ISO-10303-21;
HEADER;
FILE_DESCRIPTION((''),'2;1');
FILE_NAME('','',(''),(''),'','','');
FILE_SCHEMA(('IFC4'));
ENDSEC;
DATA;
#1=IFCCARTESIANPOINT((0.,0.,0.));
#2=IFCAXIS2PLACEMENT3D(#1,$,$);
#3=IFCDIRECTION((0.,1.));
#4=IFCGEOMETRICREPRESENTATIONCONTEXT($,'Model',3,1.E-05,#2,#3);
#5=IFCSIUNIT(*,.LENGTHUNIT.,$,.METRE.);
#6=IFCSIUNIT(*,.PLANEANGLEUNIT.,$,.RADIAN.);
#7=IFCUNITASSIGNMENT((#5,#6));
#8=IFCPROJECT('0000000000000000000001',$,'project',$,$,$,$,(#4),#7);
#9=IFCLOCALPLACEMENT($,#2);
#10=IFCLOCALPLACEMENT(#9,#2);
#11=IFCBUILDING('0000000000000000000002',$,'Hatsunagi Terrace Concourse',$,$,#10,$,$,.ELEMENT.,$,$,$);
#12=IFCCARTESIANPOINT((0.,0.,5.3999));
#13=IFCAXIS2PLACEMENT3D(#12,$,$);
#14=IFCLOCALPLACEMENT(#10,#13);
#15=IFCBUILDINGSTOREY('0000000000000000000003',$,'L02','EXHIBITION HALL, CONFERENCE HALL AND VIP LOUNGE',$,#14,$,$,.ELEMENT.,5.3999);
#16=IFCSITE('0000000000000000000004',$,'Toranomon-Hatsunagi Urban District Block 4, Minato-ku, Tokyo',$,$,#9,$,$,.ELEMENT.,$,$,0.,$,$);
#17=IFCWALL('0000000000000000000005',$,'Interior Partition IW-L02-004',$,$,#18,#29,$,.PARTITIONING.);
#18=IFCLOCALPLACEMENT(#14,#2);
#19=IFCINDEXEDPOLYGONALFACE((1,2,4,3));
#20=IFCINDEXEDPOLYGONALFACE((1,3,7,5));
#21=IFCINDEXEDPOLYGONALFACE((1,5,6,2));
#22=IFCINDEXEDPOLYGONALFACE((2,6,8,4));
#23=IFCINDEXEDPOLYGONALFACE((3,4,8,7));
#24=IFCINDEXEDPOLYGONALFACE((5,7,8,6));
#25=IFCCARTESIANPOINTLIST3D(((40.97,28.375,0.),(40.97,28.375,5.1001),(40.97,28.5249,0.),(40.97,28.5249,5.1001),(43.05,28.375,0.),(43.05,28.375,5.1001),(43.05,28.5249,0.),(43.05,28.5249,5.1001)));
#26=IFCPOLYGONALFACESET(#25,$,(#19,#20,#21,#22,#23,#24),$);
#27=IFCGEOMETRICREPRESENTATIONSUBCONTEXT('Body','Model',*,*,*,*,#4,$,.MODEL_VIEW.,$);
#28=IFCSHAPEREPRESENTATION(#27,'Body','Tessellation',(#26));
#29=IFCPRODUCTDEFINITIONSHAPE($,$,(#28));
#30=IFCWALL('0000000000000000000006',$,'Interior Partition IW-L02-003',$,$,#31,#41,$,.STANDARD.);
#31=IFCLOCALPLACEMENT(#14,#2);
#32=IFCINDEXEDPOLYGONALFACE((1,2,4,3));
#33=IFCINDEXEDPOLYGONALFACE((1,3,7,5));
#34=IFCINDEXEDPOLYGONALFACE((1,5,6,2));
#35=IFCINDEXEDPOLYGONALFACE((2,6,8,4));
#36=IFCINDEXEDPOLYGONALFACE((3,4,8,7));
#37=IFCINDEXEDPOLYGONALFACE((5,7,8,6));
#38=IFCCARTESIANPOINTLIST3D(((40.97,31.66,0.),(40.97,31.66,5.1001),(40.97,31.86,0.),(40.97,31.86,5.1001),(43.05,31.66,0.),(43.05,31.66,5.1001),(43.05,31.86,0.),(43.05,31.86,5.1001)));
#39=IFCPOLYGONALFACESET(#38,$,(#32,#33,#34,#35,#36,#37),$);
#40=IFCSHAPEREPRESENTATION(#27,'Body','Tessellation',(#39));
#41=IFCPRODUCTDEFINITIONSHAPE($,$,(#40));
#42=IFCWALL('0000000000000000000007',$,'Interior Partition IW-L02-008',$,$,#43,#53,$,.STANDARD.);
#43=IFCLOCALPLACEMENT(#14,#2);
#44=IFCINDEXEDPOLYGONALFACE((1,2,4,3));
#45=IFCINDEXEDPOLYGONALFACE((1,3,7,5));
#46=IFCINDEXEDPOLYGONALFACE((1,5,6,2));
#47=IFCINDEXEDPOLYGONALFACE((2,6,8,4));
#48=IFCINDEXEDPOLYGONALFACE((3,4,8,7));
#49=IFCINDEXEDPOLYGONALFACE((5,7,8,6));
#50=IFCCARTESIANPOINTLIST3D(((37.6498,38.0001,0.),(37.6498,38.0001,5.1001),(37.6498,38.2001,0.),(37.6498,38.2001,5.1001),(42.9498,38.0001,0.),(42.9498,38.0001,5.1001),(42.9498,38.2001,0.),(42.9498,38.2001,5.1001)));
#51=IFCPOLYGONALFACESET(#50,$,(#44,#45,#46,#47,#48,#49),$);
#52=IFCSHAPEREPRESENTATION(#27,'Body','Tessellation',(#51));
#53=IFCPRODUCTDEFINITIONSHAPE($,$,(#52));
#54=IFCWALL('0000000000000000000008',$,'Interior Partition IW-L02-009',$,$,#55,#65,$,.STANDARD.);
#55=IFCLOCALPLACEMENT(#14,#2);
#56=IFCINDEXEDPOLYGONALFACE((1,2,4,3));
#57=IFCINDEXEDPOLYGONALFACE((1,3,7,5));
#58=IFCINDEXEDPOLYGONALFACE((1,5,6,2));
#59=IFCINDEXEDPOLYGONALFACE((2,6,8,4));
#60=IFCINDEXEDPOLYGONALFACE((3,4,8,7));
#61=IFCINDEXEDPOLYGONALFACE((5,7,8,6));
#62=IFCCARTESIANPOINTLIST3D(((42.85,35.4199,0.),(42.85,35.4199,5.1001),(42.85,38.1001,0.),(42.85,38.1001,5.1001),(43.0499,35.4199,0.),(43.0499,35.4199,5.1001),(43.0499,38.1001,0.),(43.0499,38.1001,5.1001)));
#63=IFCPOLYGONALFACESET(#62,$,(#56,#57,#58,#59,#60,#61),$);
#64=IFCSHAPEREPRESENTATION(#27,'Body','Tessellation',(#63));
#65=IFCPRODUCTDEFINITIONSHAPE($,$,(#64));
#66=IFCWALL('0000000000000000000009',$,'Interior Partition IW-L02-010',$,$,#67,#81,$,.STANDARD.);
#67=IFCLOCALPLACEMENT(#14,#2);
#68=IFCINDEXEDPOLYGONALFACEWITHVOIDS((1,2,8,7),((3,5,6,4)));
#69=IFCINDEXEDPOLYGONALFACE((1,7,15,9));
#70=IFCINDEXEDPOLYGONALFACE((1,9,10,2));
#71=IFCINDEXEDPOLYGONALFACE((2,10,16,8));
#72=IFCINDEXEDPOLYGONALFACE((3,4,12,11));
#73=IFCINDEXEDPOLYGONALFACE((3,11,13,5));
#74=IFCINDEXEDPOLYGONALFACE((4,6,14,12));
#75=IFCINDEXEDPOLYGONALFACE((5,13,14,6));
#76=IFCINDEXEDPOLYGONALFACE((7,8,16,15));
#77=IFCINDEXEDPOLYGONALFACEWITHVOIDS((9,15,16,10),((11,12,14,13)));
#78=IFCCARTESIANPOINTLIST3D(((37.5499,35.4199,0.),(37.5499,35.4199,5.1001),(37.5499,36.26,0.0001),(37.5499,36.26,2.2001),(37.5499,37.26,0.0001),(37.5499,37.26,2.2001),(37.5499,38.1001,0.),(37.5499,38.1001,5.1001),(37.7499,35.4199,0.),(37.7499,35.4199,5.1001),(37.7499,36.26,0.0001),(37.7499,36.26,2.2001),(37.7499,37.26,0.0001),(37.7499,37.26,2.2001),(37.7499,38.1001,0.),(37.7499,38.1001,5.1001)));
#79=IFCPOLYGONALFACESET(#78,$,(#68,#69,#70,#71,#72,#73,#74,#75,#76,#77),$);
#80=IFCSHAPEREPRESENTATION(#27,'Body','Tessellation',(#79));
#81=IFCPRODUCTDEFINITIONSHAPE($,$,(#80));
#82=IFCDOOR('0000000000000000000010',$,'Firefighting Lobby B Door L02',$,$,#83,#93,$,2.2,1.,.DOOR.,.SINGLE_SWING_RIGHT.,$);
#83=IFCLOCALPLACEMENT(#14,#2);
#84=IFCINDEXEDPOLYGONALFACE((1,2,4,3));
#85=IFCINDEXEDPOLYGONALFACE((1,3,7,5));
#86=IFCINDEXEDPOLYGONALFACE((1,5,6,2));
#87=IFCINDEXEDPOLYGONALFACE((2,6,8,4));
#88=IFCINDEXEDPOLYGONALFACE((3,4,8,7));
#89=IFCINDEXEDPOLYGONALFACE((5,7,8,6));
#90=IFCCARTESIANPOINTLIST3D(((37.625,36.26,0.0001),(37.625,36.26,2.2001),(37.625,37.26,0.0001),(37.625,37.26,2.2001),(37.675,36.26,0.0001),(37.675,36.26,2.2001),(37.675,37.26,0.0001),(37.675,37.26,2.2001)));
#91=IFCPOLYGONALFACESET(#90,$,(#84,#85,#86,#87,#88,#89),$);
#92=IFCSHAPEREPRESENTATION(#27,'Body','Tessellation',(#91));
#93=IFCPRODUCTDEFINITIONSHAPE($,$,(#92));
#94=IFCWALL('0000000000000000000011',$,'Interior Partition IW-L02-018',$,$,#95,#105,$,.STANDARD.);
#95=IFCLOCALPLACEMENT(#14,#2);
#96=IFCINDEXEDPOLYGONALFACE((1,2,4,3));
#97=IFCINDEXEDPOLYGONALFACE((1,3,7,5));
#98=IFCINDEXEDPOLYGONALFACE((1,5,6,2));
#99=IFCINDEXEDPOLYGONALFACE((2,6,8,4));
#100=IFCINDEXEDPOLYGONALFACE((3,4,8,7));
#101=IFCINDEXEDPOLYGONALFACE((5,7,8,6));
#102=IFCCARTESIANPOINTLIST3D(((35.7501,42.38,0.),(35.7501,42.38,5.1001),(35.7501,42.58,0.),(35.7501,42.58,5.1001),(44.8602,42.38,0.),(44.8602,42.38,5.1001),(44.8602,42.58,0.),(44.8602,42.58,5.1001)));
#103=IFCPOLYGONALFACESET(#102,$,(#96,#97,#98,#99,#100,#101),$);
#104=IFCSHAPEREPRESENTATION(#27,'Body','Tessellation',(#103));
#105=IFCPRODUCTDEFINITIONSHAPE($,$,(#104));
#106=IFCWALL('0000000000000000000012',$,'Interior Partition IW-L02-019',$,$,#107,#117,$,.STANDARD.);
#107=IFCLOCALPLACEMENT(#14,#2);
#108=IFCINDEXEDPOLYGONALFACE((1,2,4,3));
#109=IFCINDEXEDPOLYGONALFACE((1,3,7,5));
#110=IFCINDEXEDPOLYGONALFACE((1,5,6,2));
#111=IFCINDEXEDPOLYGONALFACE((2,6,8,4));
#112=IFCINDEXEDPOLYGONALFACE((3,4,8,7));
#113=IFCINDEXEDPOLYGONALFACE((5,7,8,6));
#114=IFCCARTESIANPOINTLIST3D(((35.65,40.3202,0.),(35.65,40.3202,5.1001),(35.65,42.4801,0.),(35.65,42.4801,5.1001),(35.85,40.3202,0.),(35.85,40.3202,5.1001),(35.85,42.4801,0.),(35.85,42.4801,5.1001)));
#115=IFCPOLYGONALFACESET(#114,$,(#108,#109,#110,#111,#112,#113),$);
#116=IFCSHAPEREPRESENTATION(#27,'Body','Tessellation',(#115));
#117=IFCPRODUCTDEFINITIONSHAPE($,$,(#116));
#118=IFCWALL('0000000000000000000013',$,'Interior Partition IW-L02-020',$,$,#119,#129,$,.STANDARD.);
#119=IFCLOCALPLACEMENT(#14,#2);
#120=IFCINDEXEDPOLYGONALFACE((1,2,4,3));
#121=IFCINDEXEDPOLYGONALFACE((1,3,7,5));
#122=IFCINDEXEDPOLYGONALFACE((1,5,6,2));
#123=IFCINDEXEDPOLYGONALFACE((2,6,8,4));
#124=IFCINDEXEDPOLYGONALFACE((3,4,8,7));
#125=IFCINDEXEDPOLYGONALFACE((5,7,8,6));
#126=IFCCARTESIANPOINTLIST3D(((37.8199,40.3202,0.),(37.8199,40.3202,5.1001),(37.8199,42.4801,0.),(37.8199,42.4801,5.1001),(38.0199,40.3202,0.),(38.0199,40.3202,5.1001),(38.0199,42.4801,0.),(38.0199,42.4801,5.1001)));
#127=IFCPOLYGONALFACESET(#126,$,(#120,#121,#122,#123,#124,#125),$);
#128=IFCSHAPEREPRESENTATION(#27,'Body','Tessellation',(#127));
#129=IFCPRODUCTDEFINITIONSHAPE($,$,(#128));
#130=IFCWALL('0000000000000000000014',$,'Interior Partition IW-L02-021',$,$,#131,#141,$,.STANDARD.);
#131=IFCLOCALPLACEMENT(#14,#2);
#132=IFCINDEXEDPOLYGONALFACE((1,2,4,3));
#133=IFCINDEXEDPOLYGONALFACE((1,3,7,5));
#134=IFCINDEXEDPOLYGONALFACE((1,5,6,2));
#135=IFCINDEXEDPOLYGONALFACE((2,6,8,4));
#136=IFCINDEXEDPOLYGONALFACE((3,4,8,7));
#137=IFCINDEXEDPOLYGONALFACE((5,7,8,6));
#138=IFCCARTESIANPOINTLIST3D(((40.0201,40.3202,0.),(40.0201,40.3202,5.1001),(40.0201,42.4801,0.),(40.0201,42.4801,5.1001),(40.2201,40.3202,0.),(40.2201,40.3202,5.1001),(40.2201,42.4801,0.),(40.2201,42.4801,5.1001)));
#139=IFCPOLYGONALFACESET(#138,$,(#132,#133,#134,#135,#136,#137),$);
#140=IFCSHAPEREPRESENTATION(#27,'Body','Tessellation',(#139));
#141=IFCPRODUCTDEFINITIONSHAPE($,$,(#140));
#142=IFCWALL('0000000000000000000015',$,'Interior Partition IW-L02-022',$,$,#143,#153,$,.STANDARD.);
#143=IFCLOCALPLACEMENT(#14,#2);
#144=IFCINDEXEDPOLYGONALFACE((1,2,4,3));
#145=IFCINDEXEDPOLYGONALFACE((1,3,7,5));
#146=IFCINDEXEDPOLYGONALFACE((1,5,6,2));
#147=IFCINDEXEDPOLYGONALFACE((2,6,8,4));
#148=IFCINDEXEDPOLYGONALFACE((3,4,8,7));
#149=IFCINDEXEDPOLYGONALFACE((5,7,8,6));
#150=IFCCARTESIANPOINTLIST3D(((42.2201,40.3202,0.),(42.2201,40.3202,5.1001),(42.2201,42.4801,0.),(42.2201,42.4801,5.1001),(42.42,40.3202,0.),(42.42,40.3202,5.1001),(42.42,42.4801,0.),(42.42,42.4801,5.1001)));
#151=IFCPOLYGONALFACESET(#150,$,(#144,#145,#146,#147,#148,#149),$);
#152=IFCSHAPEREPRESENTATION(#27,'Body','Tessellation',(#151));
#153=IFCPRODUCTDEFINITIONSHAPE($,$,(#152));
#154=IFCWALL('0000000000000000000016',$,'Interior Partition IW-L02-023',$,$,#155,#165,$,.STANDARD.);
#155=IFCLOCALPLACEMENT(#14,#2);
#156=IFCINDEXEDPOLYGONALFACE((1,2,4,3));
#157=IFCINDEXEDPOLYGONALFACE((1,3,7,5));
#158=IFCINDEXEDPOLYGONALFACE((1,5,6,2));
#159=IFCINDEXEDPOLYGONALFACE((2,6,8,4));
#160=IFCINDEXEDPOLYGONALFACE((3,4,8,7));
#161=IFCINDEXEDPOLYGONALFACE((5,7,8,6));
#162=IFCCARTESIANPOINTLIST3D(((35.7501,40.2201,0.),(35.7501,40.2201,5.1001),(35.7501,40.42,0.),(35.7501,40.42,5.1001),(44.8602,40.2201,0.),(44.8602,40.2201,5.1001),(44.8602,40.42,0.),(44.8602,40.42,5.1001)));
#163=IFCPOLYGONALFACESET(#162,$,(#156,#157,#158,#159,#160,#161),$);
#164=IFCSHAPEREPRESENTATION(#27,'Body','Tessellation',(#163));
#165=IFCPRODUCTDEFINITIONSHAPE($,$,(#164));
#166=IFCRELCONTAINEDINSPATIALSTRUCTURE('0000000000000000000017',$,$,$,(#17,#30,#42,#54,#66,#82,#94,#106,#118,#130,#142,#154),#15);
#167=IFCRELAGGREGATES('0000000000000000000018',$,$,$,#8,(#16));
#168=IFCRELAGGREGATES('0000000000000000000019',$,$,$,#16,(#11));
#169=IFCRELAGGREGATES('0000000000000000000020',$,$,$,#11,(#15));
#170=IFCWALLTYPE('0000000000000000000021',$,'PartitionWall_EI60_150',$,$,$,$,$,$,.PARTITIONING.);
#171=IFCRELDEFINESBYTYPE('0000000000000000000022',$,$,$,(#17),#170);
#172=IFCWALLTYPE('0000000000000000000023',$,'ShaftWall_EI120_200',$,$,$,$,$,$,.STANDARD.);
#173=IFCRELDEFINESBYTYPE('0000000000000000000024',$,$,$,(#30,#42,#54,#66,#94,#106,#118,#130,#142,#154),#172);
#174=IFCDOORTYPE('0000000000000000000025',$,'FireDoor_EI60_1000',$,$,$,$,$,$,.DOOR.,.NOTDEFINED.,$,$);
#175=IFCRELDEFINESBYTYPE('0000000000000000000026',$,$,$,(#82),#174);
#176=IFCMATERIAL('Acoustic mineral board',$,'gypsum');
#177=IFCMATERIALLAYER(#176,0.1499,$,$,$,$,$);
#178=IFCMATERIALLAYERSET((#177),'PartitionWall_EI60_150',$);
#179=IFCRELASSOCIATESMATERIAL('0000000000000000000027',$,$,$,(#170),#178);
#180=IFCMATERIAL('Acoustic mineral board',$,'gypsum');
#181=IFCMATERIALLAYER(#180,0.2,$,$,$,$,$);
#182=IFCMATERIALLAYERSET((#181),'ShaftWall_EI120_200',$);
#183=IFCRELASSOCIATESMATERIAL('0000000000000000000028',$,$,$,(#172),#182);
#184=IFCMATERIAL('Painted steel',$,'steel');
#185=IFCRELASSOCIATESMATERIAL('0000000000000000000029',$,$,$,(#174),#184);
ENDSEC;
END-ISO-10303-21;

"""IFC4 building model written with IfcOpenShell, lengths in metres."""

from ifc_helpers import new_model, si_unit, direction, frame, frame_2d, origin, place, context, subcontext, project, spatial, rectangle, extrude, material, layer, layer_set, type_object, element, fill, save


model = new_model("IFC4")

# Units and contexts
model_context = context("Model", 3, precision=1e-05, world=origin(), true_north=direction((0.0, 1.0)))
body_context = subcontext(model_context, "Body", "Model", "MODEL_VIEW")
ifc_project = project(units=[si_unit("LENGTHUNIT", "METRE"), si_unit("PLANEANGLEUNIT", "RADIAN")], contexts=[model_context])

# Site, building, storey
site_placement = place(None, origin())
site = spatial("IfcSite", under=ifc_project, at=site_placement, Name="Toranomon-Hatsunagi Urban District Block 4, Minato-ku, Tokyo", CompositionType="ELEMENT", RefElevation=0.0)
building_placement = place(site_placement, origin())
building = spatial("IfcBuilding", under=site, at=building_placement, Name="Hatsunagi Terrace Concourse", CompositionType="ELEMENT")
storey_placement = place(building_placement, frame((0.0, 0.0, 5.3999)))
storey = spatial("IfcBuildingStorey", under=building, at=storey_placement, Name="L02", Description="EXHIBITION HALL, CONFERENCE HALL AND VIP LOUNGE", CompositionType="ELEMENT", Elevation=5.3999)

# Walls
ifc_material_1 = material(Name="Acoustic mineral board", Category="gypsum")
ifc_layer_1 = layer(ifc_material_1, 0.1499)
ifc_layer_set_1 = layer_set([ifc_layer_1], Name="PartitionWall_EI60_150")
wall_type_1 = type_object("IfcWallType", Name="PartitionWall_EI60_150", PredefinedType="PARTITIONING", material=ifc_layer_set_1)
wall_1_placement = place(storey_placement, frame((40.97, 28.45, 0.0), z_axis=(0.0, 0.0, 1.0), x_axis=(1.0, 0.0, 0.0)))
element("IfcWall", 1, at=wall_1_placement, inside=storey, type_object=wall_type_1, Name="Interior Partition IW-L02-004", PredefinedType="PARTITIONING", context=body_context, shape_type="SweptSolid", body=[
    extrude(rectangle(XDim=2.0801, YDim=0.1499, at=frame_2d((1.04, 0.0))), origin(), (0.0, 0.0, 1.0), 5.1001),
])
ifc_material_2 = material(Name="Acoustic mineral board", Category="gypsum")
ifc_layer_2 = layer(ifc_material_2, 0.2)
ifc_layer_set_2 = layer_set([ifc_layer_2], Name="ShaftWall_EI120_200")
wall_type_2 = type_object("IfcWallType", Name="ShaftWall_EI120_200", PredefinedType="STANDARD", material=ifc_layer_set_2)
wall_2_placement = place(storey_placement, frame((40.97, 31.76, 0.0), z_axis=(0.0, 0.0, 1.0), x_axis=(1.0, 0.0, 0.0)))
element("IfcWall", 2, at=wall_2_placement, inside=storey, type_object=wall_type_2, Name="Interior Partition IW-L02-003", PredefinedType="STANDARD", context=body_context, shape_type="SweptSolid", body=[
    extrude(rectangle(XDim=2.0801, YDim=0.2, at=frame_2d((1.04, 0.0))), origin(), (0.0, 0.0, 1.0), 5.1001),
])
wall_3_placement = place(storey_placement, frame((37.6499, 38.1001, 0.0), z_axis=(0.0, 0.0, 1.0), x_axis=(1.0, 0.0, 0.0)))
element("IfcWall", 3, at=wall_3_placement, inside=storey, type_object=wall_type_2, Name="Interior Partition IW-L02-008", PredefinedType="STANDARD", context=body_context, shape_type="SweptSolid", body=[
    extrude(rectangle(XDim=5.3, YDim=0.2, at=frame_2d((2.6499, 0.0))), origin(), (0.0, 0.0, 1.0), 5.1001),
])
wall_4_placement = place(storey_placement, frame((42.95, 35.4199, 0.0), z_axis=(0.0, 0.0, 1.0), x_axis=(0.0, 1.0, 0.0)))
element("IfcWall", 4, at=wall_4_placement, inside=storey, type_object=wall_type_2, Name="Interior Partition IW-L02-009", PredefinedType="STANDARD", context=body_context, shape_type="SweptSolid", body=[
    extrude(rectangle(XDim=2.6802, YDim=0.2, at=frame_2d((1.3401, 0.0))), origin(), (0.0, 0.0, 1.0), 5.1001),
])

# Wall, opening, door
wall_5_placement = place(storey_placement, frame((37.6499, 35.4199, 0.0), z_axis=(0.0, 0.0, 1.0), x_axis=(0.0, 1.0, 0.0)))
wall_5 = element("IfcWall", 5, at=wall_5_placement, inside=storey, type_object=wall_type_2, Name="Interior Partition IW-L02-010", PredefinedType="STANDARD", context=body_context, shape_type="SweptSolid", body=[
    extrude(rectangle(XDim=2.6802, YDim=0.2, at=frame_2d((1.3401, 0.0))), origin(), (0.0, 0.0, 1.0), 5.1001),
])
opening_1_placement = place(wall_5_placement, frame((0.8401, 0.0, 0.0)))
opening_1 = element("IfcOpeningElement", 6, at=opening_1_placement, cuts=wall_5, PredefinedType="OPENING", context=body_context, shape_type="SweptSolid", body=[
    extrude(rectangle(XDim=1.0, YDim=2.2, at=frame_2d((0.5, 1.1001))), frame((0.0, 0.1099, 0.0), z_axis=(0.0, -1.0, 0.0), x_axis=(1.0, 0.0, 0.0)), (0.0, 0.0, 1.0), 0.22),
])
ifc_material_3 = material(Name="Painted steel", Category="steel")
door_type_1 = type_object("IfcDoorType", Name="FireDoor_EI60_1000", OperationType="NOTDEFINED", PredefinedType="DOOR", material=ifc_material_3)
door_1_placement = place(opening_1_placement, origin())
door_1 = element("IfcDoor", 7, at=door_1_placement, inside=storey, type_object=door_type_1, Name="Firefighting Lobby B Door L02", OperationType="SINGLE_SWING_RIGHT", OverallHeight=2.2, OverallWidth=1.0, PredefinedType="DOOR", context=body_context, shape_type="SweptSolid", body=[
    extrude(rectangle(XDim=1.0, YDim=2.2, at=frame_2d((0.5, 1.1001))), frame((0.0, 0.0249, 0.0), z_axis=(0.0, -1.0, 0.0), x_axis=(1.0, 0.0, 0.0)), (0.0, 0.0, 1.0), 0.05),
])
fill(opening_1, door_1)

# Walls
wall_6_placement = place(storey_placement, frame((35.75, 42.48, 0.0), z_axis=(0.0, 0.0, 1.0), x_axis=(1.0, 0.0, 0.0)))
element("IfcWall", 8, at=wall_6_placement, inside=storey, type_object=wall_type_2, Name="Interior Partition IW-L02-018", PredefinedType="STANDARD", context=body_context, shape_type="SweptSolid", body=[
    extrude(rectangle(XDim=9.1101, YDim=0.2, at=frame_2d((4.5552, 0.0))), origin(), (0.0, 0.0, 1.0), 5.1001),
])
for number, where, z_axis, x_axis, name in (
    (9, (35.75, 40.3201, 0.0), (0.0, 0.0, 1.0), (0.0, 1.0, 0.0), "Interior Partition IW-L02-019"),
    (10, (37.9199, 40.3201, 0.0), (0.0, 0.0, 1.0), (0.0, 1.0, 0.0), "Interior Partition IW-L02-020"),
    (11, (40.1201, 40.3201, 0.0), (0.0, 0.0, 1.0), (0.0, 1.0, 0.0), "Interior Partition IW-L02-021"),
    (12, (42.3201, 40.3201, 0.0), (0.0, 0.0, 1.0), (0.0, 1.0, 0.0), "Interior Partition IW-L02-022"),
):
    element("IfcWall", number, at=place(storey_placement, frame(where, z_axis=z_axis, x_axis=x_axis)), inside=storey, type_object=wall_type_2, Name=name, PredefinedType="STANDARD", context=body_context, shape_type="SweptSolid", body=[
        extrude(rectangle(XDim=2.1599, YDim=0.2, at=frame_2d((1.0801, 0.0))), origin(), (0.0, 0.0, 1.0), 5.1001),
    ])
wall_7_placement = place(storey_placement, frame((35.75, 40.3201, 0.0), z_axis=(0.0, 0.0, 1.0), x_axis=(1.0, 0.0, 0.0)))
element("IfcWall", 13, at=wall_7_placement, inside=storey, type_object=wall_type_2, Name="Interior Partition IW-L02-023", PredefinedType="STANDARD", context=body_context, shape_type="SweptSolid", body=[
    extrude(rectangle(XDim=9.1101, YDim=0.2, at=frame_2d((4.5552, 0.0))), origin(), (0.0, 0.0, 1.0), 5.1001),
])

save(model, "model.ifc")
